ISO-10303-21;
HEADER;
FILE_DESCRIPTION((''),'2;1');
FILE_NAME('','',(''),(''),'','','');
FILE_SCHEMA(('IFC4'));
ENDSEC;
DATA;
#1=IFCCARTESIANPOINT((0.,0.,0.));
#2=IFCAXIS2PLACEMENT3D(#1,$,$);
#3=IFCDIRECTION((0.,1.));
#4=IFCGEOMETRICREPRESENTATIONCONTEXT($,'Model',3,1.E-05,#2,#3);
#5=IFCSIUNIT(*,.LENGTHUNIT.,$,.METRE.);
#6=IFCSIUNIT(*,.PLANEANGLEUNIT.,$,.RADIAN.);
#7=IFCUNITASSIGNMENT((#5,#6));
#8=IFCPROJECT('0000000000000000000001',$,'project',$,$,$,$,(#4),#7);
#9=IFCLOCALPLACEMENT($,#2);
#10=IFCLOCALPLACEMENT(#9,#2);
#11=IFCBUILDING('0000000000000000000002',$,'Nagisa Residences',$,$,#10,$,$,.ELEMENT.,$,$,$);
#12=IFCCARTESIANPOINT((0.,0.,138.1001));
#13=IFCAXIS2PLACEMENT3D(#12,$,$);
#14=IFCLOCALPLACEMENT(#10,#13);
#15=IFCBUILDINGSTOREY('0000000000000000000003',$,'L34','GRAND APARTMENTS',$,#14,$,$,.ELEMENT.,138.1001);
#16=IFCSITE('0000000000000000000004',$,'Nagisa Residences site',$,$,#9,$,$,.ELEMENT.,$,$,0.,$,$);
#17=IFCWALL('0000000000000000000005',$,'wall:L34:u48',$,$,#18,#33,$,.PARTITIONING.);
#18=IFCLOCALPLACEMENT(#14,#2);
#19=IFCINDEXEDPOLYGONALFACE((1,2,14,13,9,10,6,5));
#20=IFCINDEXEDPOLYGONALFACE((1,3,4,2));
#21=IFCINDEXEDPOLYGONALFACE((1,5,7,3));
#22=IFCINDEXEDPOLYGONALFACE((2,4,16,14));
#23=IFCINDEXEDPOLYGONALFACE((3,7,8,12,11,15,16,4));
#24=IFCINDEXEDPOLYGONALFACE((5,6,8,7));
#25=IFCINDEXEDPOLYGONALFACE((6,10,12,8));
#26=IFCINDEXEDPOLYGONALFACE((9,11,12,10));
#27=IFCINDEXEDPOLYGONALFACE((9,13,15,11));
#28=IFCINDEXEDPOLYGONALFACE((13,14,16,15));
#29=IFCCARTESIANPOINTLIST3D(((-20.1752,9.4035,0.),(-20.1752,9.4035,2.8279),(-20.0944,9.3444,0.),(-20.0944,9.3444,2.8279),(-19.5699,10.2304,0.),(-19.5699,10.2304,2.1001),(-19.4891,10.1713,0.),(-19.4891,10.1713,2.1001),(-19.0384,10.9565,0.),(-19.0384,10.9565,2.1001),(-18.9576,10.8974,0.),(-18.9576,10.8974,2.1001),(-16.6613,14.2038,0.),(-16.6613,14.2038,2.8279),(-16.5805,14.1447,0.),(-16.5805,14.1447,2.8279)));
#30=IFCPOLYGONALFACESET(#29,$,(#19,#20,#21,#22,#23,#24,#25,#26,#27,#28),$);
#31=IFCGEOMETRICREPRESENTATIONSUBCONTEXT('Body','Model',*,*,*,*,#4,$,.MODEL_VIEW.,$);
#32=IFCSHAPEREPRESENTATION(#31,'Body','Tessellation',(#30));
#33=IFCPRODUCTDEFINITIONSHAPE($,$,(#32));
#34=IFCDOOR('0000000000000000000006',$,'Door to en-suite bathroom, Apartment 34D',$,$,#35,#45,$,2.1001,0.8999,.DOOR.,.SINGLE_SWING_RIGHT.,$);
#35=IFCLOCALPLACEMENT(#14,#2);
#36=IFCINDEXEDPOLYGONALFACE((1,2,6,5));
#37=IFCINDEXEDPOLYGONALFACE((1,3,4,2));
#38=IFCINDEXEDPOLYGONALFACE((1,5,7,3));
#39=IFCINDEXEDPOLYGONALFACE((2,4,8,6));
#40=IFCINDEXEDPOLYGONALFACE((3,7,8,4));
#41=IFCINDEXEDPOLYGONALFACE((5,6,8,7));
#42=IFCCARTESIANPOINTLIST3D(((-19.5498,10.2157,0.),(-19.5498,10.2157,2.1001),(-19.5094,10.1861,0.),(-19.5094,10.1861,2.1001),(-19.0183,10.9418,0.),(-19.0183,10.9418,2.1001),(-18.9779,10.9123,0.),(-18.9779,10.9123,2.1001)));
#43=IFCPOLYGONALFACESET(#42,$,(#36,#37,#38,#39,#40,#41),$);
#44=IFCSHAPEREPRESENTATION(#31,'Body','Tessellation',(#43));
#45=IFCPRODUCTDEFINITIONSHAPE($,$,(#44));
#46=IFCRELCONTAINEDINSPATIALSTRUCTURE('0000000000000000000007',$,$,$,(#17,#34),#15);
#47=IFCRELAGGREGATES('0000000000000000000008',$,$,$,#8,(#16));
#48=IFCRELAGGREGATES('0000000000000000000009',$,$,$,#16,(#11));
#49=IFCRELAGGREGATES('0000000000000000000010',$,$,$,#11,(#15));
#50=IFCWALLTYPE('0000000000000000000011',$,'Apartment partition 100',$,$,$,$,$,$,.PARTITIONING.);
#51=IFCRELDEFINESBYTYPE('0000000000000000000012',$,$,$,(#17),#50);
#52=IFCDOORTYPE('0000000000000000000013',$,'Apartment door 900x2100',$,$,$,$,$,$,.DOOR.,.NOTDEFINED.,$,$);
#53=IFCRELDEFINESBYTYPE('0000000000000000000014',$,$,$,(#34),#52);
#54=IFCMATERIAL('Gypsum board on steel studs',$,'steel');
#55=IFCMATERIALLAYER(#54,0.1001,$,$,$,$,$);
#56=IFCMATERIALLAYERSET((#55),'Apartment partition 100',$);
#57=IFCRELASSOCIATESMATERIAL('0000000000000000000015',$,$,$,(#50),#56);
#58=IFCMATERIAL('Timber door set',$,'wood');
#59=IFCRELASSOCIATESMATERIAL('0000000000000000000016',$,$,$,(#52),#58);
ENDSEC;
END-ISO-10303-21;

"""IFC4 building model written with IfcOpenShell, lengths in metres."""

from ifc_helpers import new_model, si_unit, direction, frame, frame_2d, origin, place, context, subcontext, project, spatial, rectangle, extrude, material, layer, layer_set, type_object, element, fill, save


model = new_model("IFC4")

# Units and contexts
model_context = context("Model", 3, precision=1e-05, world=origin(), true_north=direction((0.0, 1.0)))
body_context = subcontext(model_context, "Body", "Model", "MODEL_VIEW")
ifc_project = project(units=[si_unit("LENGTHUNIT", "METRE"), si_unit("PLANEANGLEUNIT", "RADIAN")], contexts=[model_context])

# Site, building, storey
site_placement = place(None, origin())
site = spatial("IfcSite", under=ifc_project, at=site_placement, Name="Nagisa Residences site", CompositionType="ELEMENT", RefElevation=0.0)
building_placement = place(site_placement, origin())
building = spatial("IfcBuilding", under=site, at=building_placement, Name="Nagisa Residences", CompositionType="ELEMENT")
storey_placement = place(building_placement, frame((0.0, 0.0, 138.1001)))
storey = spatial("IfcBuildingStorey", under=building, at=storey_placement, Name="L34", Description="GRAND APARTMENTS", CompositionType="ELEMENT", Elevation=138.1001)

# Wall, opening, door
ifc_material_1 = material(Name="Gypsum board on steel studs", Category="steel")
ifc_layer_1 = layer(ifc_material_1, 0.1001)
ifc_layer_set_1 = layer_set([ifc_layer_1], Name="Apartment partition 100")
wall_type_1 = type_object("IfcWallType", Name="Apartment partition 100", PredefinedType="PARTITIONING", material=ifc_layer_set_1)
ifc_material_2 = material(Name="Timber door set", Category="wood")
door_type_1 = type_object("IfcDoorType", Name="Apartment door 900x2100", OperationType="NOTDEFINED", PredefinedType="DOOR", material=ifc_material_2)
wall_1_placement = place(storey_placement, frame((-16.6208, 14.1743, 0.0), z_axis=(0.0, 0.0, 1.0), x_axis=(-0.590675, -0.80691, 0.0)))
wall_1 = element("IfcWall", 1, at=wall_1_placement, inside=storey, type_object=wall_type_1, Name="wall:L34:u48", PredefinedType="PARTITIONING", context=body_context, shape_type="SweptSolid", body=[
    extrude(rectangle(XDim=5.949, YDim=0.1001, at=frame_2d((2.9746, 0.0))), origin(), (0.0, 0.0, 1.0), 2.8279),
])
opening_1_placement = place(wall_1_placement, frame((4.0244, 0.0, 0.0)))
opening_1 = element("IfcOpeningElement", 2, at=opening_1_placement, cuts=wall_1, PredefinedType="OPENING", context=body_context, shape_type="SweptSolid", body=[
    extrude(rectangle(XDim=0.8999, YDim=2.1001, at=frame_2d((0.45, 1.05))), frame((0.0, 0.0601, 0.0), z_axis=(0.0, -1.0, 0.0), x_axis=(1.0, 0.0, 0.0)), (0.0, 0.0, 1.0), 0.1201),
])
door_1_placement = place(opening_1_placement, origin())
door_1 = element("IfcDoor", 3, at=door_1_placement, inside=storey, type_object=door_type_1, Name="Door to en-suite bathroom, Apartment 34D", OperationType="SINGLE_SWING_RIGHT", OverallHeight=2.1001, OverallWidth=0.8999, PredefinedType="DOOR", context=body_context, shape_type="SweptSolid", body=[
    extrude(rectangle(XDim=0.8999, YDim=2.1001, at=frame_2d((0.45, 1.05))), frame((0.0, 0.0249, 0.0), z_axis=(0.0, -1.0, 0.0), x_axis=(1.0, 0.0, 0.0)), (0.0, 0.0, 1.0), 0.05),
])
fill(opening_1, door_1)

save(model, "model.ifc")
